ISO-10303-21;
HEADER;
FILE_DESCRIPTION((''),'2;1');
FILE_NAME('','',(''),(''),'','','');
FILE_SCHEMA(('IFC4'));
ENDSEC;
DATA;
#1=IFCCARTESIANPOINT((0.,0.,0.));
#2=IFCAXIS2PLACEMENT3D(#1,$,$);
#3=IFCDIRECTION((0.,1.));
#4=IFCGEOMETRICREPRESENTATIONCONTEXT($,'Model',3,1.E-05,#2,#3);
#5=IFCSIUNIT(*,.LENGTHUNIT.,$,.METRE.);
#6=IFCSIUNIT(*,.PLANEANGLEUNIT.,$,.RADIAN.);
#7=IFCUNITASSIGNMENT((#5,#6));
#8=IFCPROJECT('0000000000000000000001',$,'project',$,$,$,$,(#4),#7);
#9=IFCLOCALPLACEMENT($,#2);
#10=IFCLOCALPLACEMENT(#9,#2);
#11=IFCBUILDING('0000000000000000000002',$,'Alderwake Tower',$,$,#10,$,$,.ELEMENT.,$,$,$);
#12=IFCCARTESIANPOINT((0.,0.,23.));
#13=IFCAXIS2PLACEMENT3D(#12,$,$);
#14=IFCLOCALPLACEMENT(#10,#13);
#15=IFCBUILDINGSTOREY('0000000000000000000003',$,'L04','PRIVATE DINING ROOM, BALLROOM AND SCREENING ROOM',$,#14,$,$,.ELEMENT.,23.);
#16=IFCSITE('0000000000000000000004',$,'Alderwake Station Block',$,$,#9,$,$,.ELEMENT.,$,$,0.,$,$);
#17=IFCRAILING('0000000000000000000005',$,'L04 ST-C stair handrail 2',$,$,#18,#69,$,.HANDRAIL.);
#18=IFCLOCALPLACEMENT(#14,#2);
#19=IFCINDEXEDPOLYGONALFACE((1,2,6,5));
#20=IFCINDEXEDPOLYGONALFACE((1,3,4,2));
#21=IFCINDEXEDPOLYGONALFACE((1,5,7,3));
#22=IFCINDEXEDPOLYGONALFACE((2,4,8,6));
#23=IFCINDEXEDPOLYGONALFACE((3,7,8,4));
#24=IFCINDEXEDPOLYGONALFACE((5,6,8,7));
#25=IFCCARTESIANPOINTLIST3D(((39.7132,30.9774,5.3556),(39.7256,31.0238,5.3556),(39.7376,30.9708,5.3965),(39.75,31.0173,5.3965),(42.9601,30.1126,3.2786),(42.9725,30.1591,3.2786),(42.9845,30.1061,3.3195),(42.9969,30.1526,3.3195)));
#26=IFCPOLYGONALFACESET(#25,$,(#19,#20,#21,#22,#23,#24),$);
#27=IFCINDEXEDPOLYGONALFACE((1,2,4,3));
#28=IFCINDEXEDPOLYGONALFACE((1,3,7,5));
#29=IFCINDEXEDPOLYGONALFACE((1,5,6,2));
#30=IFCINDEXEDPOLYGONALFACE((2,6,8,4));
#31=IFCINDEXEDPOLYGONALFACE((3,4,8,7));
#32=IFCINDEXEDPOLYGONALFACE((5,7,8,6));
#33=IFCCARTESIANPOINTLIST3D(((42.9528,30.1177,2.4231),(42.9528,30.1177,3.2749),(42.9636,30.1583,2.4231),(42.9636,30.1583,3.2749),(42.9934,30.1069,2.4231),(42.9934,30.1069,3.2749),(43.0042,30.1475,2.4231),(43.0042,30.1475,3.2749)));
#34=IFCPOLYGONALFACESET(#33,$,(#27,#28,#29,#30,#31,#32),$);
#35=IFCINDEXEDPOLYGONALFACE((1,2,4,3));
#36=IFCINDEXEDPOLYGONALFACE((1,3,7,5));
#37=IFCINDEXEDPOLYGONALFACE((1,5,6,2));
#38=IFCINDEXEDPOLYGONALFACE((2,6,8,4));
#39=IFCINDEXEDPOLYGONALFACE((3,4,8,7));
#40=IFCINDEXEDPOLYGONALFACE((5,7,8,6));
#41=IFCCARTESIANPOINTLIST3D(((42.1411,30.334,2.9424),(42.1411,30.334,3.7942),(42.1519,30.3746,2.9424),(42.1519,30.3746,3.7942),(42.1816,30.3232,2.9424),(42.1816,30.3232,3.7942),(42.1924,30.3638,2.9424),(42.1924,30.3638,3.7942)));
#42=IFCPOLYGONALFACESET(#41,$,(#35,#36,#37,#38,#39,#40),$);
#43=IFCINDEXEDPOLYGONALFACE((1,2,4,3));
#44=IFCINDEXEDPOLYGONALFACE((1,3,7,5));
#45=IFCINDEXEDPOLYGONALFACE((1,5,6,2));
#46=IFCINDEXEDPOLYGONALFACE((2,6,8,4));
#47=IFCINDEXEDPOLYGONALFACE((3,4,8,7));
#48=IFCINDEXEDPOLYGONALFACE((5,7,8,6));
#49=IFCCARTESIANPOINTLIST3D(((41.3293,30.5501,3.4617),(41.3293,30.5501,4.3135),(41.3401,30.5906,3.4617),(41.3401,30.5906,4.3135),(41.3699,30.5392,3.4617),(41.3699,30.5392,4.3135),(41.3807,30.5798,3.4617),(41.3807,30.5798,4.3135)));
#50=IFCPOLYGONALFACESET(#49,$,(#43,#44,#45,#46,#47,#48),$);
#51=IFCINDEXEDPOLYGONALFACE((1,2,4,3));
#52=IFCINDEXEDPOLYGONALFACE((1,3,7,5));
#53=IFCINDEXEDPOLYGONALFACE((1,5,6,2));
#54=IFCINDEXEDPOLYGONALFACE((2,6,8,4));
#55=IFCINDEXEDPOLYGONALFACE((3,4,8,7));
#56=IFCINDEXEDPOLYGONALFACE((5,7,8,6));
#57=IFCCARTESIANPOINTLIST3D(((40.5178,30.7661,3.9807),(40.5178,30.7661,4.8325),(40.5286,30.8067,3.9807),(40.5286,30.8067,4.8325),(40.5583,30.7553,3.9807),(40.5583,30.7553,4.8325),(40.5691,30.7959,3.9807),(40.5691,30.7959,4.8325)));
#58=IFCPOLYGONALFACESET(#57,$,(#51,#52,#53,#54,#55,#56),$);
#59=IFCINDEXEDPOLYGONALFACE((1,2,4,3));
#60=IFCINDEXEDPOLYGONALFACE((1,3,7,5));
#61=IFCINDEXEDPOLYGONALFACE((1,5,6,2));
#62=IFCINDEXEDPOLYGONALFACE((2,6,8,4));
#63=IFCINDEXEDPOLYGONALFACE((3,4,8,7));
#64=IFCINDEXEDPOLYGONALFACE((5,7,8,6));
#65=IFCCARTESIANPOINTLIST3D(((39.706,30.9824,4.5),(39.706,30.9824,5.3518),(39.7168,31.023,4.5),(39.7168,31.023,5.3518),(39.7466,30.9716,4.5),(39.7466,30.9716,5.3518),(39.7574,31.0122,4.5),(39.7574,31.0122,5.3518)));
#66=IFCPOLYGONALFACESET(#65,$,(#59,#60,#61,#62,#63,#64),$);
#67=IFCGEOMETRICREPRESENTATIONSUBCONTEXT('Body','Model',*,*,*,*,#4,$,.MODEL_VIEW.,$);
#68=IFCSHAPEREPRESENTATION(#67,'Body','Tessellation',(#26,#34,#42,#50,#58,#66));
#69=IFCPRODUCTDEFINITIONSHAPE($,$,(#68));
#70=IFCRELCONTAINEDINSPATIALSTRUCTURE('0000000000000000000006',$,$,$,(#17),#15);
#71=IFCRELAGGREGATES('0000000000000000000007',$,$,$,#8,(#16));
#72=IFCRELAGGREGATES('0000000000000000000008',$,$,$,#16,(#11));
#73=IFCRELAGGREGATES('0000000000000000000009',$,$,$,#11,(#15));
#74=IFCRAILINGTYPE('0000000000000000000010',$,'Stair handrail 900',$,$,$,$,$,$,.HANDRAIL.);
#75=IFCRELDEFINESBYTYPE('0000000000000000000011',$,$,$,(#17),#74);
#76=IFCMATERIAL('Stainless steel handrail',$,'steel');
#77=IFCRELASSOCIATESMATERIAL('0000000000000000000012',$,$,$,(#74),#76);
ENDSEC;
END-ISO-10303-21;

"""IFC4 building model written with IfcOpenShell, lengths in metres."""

from ifc_helpers import new_model, si_unit, direction, frame, origin, origin_2d, place, context, subcontext, project, spatial, rectangle, extrude, material, type_object, element, save


model = new_model("IFC4")

# Units and contexts
model_context = context("Model", 3, precision=1e-05, world=origin(), true_north=direction((0.0, 1.0)))
body_context = subcontext(model_context, "Body", "Model", "MODEL_VIEW")
ifc_project = project(units=[si_unit("LENGTHUNIT", "METRE"), si_unit("PLANEANGLEUNIT", "RADIAN")], contexts=[model_context])

# Site, building, storey
site_placement = place(None, origin())
site = spatial("IfcSite", under=ifc_project, at=site_placement, Name="Alderwake Station Block", CompositionType="ELEMENT", RefElevation=0.0)
building_placement = place(site_placement, origin())
building = spatial("IfcBuilding", under=site, at=building_placement, Name="Alderwake Tower", CompositionType="ELEMENT")
storey_placement = place(building_placement, frame((0.0, 0.0, 23.0)))
storey = spatial("IfcBuildingStorey", under=building, at=storey_placement, Name="L04", Description="PRIVATE DINING ROOM, BALLROOM AND SCREENING ROOM", CompositionType="ELEMENT", Elevation=23.0)

# Railing
ifc_material_1 = material(Name="Stainless steel handrail", Category="steel")
railing_type_1 = type_object("IfcRailingType", Name="Stair handrail 900", PredefinedType="HANDRAIL", material=ifc_material_1)
railing_1_placement = place(storey_placement, frame((42.9785, 30.1326, 2.4231)))
element("IfcRailing", 1, at=railing_1_placement, inside=storey, type_object=railing_type_1, Name="L04 ST-C stair handrail 2", PredefinedType="HANDRAIL", context=body_context, shape_type="SweptSolid", body=[
    extrude(rectangle(XDim=0.0481, YDim=0.0481, at=origin_2d()), frame((0.0, 0.0, 0.876), z_axis=(-0.821963, 0.218918, 0.525787), x_axis=(-0.257364, -0.966314, 0.0)), (0.0, 0.0, 1.0), 3.9502),
    extrude(rectangle(XDim=0.042, YDim=0.042, at=origin_2d()), frame((0.0, 0.0, 0.0), z_axis=(0.0, 0.0, 1.0), x_axis=(-0.966314, 0.257364, 0.0)), (0.0, 0.0, 1.0), 0.8518),
    extrude(rectangle(XDim=0.042, YDim=0.042, at=origin_2d()), frame((-0.8118, 0.2163, 0.5193), z_axis=(0.0, 0.0, 1.0), x_axis=(-0.966314, 0.257364, 0.0)), (0.0, 0.0, 1.0), 0.8518),
    extrude(rectangle(XDim=0.042, YDim=0.042, at=origin_2d()), frame((-1.6235, 0.4324, 1.0386), z_axis=(0.0, 0.0, 1.0), x_axis=(-0.966314, 0.257364, 0.0)), (0.0, 0.0, 1.0), 0.8518),
    extrude(rectangle(XDim=0.042, YDim=0.042, at=origin_2d()), frame((-2.4351, 0.6484, 1.5576), z_axis=(0.0, 0.0, 1.0), x_axis=(-0.966314, 0.257364, 0.0)), (0.0, 0.0, 1.0), 0.8518),
    extrude(rectangle(XDim=0.042, YDim=0.042, at=origin_2d()), frame((-3.2468, 0.8647, 2.0769), z_axis=(0.0, 0.0, 1.0), x_axis=(-0.966314, 0.257364, 0.0)), (0.0, 0.0, 1.0), 0.8518),
])

save(model, "model.ifc")
